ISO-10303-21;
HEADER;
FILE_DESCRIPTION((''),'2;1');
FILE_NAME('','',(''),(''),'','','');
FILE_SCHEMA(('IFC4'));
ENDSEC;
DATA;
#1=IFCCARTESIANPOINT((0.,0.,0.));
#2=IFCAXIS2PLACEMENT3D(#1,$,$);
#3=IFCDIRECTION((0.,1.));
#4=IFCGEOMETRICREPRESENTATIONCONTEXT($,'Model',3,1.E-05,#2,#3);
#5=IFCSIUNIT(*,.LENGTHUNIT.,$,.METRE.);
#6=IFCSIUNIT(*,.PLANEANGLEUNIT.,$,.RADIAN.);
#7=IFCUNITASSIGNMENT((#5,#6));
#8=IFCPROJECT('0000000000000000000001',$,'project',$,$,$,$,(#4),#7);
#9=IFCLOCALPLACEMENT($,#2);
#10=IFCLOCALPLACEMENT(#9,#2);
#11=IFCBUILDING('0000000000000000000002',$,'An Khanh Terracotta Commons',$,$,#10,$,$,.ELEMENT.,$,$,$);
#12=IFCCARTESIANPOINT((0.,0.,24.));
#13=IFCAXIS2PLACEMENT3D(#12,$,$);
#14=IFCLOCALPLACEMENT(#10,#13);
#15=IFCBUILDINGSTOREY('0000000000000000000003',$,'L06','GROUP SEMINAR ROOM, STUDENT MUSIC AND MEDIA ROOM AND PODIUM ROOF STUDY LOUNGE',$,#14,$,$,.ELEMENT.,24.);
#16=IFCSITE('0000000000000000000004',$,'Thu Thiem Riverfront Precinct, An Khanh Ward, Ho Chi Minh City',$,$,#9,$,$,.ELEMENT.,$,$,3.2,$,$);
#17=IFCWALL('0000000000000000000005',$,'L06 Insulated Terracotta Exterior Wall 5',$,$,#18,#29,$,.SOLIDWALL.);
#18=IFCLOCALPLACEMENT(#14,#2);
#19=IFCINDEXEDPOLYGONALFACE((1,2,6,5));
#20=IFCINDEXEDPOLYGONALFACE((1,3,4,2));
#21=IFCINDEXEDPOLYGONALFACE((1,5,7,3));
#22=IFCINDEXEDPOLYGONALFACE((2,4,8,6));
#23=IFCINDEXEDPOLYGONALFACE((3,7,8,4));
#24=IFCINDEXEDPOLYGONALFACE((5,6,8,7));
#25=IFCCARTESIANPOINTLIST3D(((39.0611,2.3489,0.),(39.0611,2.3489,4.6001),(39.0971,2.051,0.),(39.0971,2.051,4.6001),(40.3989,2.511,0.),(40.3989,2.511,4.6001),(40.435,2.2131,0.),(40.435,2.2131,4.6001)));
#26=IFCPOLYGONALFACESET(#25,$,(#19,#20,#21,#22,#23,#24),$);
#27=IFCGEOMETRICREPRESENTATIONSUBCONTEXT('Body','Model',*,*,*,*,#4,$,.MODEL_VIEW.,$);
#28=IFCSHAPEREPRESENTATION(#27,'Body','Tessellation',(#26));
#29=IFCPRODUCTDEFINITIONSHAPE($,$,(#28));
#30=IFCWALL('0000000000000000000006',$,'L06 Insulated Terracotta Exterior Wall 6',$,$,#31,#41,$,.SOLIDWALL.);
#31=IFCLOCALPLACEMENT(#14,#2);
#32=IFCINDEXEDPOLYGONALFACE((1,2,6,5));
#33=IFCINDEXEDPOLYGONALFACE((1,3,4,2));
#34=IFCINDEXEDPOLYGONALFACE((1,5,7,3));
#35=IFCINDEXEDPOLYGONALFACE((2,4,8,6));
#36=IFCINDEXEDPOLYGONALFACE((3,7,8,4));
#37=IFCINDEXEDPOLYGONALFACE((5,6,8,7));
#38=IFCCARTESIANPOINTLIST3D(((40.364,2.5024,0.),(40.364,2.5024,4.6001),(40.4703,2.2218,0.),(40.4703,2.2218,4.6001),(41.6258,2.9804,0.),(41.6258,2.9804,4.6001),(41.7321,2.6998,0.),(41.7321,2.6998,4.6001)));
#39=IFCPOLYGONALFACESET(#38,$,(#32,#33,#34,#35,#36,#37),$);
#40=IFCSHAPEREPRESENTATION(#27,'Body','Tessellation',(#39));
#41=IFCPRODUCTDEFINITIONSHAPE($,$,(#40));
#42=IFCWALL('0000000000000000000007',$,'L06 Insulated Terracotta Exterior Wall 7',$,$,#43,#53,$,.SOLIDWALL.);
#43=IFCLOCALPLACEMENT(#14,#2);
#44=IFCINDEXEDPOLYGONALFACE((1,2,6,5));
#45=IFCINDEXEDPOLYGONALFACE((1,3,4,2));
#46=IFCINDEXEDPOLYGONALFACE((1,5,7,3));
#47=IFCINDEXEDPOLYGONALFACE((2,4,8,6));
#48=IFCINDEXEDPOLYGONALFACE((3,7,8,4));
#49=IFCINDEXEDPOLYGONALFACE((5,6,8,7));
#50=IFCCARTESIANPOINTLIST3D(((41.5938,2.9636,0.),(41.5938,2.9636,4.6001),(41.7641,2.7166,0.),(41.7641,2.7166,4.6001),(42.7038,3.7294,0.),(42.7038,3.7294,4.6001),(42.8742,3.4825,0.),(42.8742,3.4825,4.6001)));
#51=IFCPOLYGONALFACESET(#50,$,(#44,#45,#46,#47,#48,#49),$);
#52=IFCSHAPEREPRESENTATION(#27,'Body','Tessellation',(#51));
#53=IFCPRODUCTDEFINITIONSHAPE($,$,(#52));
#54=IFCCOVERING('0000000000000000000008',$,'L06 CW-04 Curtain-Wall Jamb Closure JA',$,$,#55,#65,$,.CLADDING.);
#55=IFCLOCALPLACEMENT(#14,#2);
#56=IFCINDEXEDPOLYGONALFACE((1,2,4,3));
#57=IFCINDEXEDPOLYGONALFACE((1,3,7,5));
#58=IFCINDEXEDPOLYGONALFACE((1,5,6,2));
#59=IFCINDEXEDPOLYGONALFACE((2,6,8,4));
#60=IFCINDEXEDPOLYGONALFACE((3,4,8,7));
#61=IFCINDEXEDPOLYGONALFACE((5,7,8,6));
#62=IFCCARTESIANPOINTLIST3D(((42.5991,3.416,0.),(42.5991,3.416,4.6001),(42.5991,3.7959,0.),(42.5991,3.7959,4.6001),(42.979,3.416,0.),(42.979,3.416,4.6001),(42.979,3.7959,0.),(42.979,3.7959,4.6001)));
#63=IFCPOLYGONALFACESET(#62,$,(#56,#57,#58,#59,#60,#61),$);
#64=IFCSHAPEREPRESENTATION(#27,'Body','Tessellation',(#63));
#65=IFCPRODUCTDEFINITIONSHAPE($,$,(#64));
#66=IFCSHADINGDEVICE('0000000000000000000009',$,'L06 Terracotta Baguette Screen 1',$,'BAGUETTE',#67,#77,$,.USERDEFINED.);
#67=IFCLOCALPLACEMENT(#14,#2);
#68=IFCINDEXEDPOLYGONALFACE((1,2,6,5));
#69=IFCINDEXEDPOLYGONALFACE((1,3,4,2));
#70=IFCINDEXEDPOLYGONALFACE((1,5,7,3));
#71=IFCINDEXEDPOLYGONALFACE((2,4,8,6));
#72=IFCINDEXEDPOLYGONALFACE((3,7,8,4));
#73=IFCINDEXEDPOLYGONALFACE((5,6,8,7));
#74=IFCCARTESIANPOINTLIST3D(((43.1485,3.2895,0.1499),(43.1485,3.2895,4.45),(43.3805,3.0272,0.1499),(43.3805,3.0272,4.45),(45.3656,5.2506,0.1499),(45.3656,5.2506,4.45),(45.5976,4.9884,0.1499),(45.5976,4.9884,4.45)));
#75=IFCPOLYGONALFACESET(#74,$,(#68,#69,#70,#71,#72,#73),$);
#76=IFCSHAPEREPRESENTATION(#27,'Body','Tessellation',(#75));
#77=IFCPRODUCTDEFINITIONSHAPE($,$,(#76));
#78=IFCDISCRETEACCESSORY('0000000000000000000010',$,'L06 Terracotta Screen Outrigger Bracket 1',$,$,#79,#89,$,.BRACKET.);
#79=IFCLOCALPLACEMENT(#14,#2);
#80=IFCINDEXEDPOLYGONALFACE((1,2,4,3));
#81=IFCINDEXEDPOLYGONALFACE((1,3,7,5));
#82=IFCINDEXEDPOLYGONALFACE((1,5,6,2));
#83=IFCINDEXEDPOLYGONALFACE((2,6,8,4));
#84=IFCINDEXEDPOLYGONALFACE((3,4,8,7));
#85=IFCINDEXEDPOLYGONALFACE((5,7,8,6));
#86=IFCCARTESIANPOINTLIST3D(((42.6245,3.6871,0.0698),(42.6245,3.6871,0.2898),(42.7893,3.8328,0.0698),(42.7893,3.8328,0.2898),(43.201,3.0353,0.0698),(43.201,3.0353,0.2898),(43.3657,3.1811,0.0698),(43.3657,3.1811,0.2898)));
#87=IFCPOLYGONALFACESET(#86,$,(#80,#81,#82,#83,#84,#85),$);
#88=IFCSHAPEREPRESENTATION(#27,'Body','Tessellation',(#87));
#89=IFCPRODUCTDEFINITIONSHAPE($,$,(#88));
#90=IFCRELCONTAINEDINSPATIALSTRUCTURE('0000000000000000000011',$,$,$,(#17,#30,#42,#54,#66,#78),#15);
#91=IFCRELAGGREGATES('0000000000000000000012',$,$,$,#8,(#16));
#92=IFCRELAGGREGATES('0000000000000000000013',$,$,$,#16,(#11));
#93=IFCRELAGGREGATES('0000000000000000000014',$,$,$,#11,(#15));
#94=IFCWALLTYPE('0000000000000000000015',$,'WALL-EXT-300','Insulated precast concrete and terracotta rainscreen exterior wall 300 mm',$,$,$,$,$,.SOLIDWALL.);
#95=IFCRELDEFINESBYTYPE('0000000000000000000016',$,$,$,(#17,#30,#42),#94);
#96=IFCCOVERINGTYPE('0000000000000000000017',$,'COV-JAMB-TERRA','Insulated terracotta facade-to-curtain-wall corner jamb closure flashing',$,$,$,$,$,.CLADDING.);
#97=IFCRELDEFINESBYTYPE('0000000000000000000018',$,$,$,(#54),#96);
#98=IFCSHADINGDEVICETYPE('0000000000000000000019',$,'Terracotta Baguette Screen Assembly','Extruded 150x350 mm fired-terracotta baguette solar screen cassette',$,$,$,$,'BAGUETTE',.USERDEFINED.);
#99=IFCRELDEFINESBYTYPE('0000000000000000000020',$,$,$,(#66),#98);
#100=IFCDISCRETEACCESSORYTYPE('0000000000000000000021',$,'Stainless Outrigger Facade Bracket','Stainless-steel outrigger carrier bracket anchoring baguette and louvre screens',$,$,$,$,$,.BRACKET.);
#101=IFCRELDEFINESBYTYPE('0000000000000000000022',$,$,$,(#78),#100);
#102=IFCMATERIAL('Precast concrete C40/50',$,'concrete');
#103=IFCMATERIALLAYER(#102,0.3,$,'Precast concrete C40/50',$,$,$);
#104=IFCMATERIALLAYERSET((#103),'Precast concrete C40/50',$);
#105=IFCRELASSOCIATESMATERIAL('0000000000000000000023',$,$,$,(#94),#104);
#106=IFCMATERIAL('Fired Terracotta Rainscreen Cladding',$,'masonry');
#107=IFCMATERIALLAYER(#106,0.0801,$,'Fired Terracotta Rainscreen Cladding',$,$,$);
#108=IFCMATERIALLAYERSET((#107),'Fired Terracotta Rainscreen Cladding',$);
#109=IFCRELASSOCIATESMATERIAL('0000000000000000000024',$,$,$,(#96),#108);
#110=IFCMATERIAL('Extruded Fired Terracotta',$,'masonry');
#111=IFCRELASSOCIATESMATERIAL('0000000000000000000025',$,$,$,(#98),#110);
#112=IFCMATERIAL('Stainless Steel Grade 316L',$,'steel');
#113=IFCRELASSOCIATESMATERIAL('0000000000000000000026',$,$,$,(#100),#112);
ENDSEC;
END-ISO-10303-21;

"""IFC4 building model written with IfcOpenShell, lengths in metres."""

from ifc_helpers import new_model, si_unit, direction, frame, frame_2d, origin, origin_2d, place, context, subcontext, project, spatial, rectangle, extrude, material, layer, layer_set, type_object, element, save


model = new_model("IFC4")

# Units and contexts
model_context = context("Model", 3, precision=1e-05, world=origin(), true_north=direction((0.0, 1.0)))
body_context = subcontext(model_context, "Body", "Model", "MODEL_VIEW")
ifc_project = project(units=[si_unit("LENGTHUNIT", "METRE"), si_unit("PLANEANGLEUNIT", "RADIAN")], contexts=[model_context])

# Site, building, storey
site_placement = place(None, origin())
site = spatial("IfcSite", under=ifc_project, at=site_placement, Name="Thu Thiem Riverfront Precinct, An Khanh Ward, Ho Chi Minh City", CompositionType="ELEMENT", RefElevation=3.2)
building_placement = place(site_placement, origin())
building = spatial("IfcBuilding", under=site, at=building_placement, Name="An Khanh Terracotta Commons", CompositionType="ELEMENT")
storey_placement = place(building_placement, frame((0.0, 0.0, 24.0)))
storey = spatial("IfcBuildingStorey", under=building, at=storey_placement, Name="L06", Description="GROUP SEMINAR ROOM, STUDENT MUSIC AND MEDIA ROOM AND PODIUM ROOF STUDY LOUNGE", CompositionType="ELEMENT", Elevation=24.0)

# Walls
ifc_material_1 = material(Name="Precast concrete C40/50", Category="concrete")
ifc_layer_1 = layer(ifc_material_1, 0.3, Name="Precast concrete C40/50")
ifc_layer_set_1 = layer_set([ifc_layer_1], Name="Precast concrete C40/50")
wall_type_1 = type_object("IfcWallType", Name="WALL-EXT-300", Description="Insulated precast concrete and terracotta rainscreen exterior wall 300 mm", PredefinedType="SOLIDWALL", material=ifc_layer_set_1)
wall_1_placement = place(storey_placement, frame((39.0791, 2.2, 0.0), z_axis=(0.0, 0.0, 1.0), x_axis=(0.992739, 0.120288, 0.0)))
element("IfcWall", 1, at=wall_1_placement, inside=storey, type_object=wall_type_1, Name="L06 Insulated Terracotta Exterior Wall 5", PredefinedType="SOLIDWALL", context=body_context, shape_type="SweptSolid", body=[
    extrude(rectangle(XDim=1.3477, YDim=0.3, at=frame_2d((0.6738, 0.0))), origin(), (0.0, 0.0, 1.0), 4.6001),
])
wall_2_placement = place(storey_placement, frame((40.417, 2.3621, 0.0), z_axis=(0.0, 0.0, 1.0), x_axis=(0.935157, 0.354234, 0.0)))
element("IfcWall", 2, at=wall_2_placement, inside=storey, type_object=wall_type_1, Name="L06 Insulated Terracotta Exterior Wall 6", PredefinedType="SOLIDWALL", context=body_context, shape_type="SweptSolid", body=[
    extrude(rectangle(XDim=1.3494, YDim=0.3, at=frame_2d((0.6748, 0.0))), origin(), (0.0, 0.0, 1.0), 4.6001),
])
wall_3_placement = place(storey_placement, frame((41.679, 2.8401, 0.0), z_axis=(0.0, 0.0, 1.0), x_axis=(0.823117, 0.567873, 0.0)))
element("IfcWall", 3, at=wall_3_placement, inside=storey, type_object=wall_type_1, Name="L06 Insulated Terracotta Exterior Wall 7", PredefinedType="SOLIDWALL", context=body_context, shape_type="SweptSolid", body=[
    extrude(rectangle(XDim=1.3486, YDim=0.3, at=frame_2d((0.6743, 0.0))), origin(), (0.0, 0.0, 1.0), 4.6001),
])

# Covering
ifc_material_2 = material(Name="Fired Terracotta Rainscreen Cladding", Category="masonry")
ifc_layer_2 = layer(ifc_material_2, 0.0801, Name="Fired Terracotta Rainscreen Cladding")
ifc_layer_set_2 = layer_set([ifc_layer_2], Name="Fired Terracotta Rainscreen Cladding")
covering_type = type_object("IfcCoveringType", Name="COV-JAMB-TERRA", Description="Insulated terracotta facade-to-curtain-wall corner jamb closure flashing", PredefinedType="CLADDING", material=ifc_layer_set_2)
covering_placement = place(storey_placement, frame((42.7891, 3.606, 0.0), z_axis=(0.0, 0.0, 1.0), x_axis=(1.0, 0.0, 0.0)))
element("IfcCovering", 4, at=covering_placement, inside=storey, type_object=covering_type, Name="L06 CW-04 Curtain-Wall Jamb Closure JA", PredefinedType="CLADDING", context=body_context, shape_type="SweptSolid", body=[
    extrude(rectangle(XDim=0.3799, YDim=0.3799, at=origin_2d()), origin(), (0.0, 0.0, 1.0), 4.6001),
])

# Shading device
ifc_material_3 = material(Name="Extruded Fired Terracotta", Category="masonry")
shading_device_type = type_object("IfcShadingDeviceType", Name="Terracotta Baguette Screen Assembly", Description="Extruded 150x350 mm fired-terracotta baguette solar screen cassette", ElementType="BAGUETTE", PredefinedType="USERDEFINED", material=ifc_material_3)
shading_device_placement = place(storey_placement, frame((44.373, 4.1389, 0.1499), z_axis=(0.0, 0.0, 1.0), x_axis=(0.749019, 0.662548, 0.0)))
element("IfcShadingDevice", 5, at=shading_device_placement, inside=storey, type_object=shading_device_type, Name="L06 Terracotta Baguette Screen 1", ObjectType="BAGUETTE", PredefinedType="USERDEFINED", context=body_context, shape_type="SweptSolid", body=[
    extrude(rectangle(XDim=2.96, YDim=0.3501, at=origin_2d()), origin(), (0.0, 0.0, 1.0), 4.3),
])

# Discrete accessory
ifc_material_4 = material(Name="Stainless Steel Grade 316L", Category="steel")
discrete_accessory_type = type_object("IfcDiscreteAccessoryType", Name="Stainless Outrigger Facade Bracket", Description="Stainless-steel outrigger carrier bracket anchoring baguette and louvre screens", PredefinedType="BRACKET", material=ifc_material_4)
discrete_accessory_placement = place(storey_placement, frame((42.9951, 3.4341, 0.0698), z_axis=(0.0, 0.0, 1.0), x_axis=(0.749019, 0.662548, 0.0)))
element("IfcDiscreteAccessory", 6, at=discrete_accessory_placement, inside=storey, type_object=discrete_accessory_type, Name="L06 Terracotta Screen Outrigger Bracket 1", PredefinedType="BRACKET", context=body_context, shape_type="SweptSolid", body=[
    extrude(rectangle(XDim=0.22, YDim=0.8701, at=origin_2d()), origin(), (0.0, 0.0, 1.0), 0.22),
])

save(model, "model.ifc")
